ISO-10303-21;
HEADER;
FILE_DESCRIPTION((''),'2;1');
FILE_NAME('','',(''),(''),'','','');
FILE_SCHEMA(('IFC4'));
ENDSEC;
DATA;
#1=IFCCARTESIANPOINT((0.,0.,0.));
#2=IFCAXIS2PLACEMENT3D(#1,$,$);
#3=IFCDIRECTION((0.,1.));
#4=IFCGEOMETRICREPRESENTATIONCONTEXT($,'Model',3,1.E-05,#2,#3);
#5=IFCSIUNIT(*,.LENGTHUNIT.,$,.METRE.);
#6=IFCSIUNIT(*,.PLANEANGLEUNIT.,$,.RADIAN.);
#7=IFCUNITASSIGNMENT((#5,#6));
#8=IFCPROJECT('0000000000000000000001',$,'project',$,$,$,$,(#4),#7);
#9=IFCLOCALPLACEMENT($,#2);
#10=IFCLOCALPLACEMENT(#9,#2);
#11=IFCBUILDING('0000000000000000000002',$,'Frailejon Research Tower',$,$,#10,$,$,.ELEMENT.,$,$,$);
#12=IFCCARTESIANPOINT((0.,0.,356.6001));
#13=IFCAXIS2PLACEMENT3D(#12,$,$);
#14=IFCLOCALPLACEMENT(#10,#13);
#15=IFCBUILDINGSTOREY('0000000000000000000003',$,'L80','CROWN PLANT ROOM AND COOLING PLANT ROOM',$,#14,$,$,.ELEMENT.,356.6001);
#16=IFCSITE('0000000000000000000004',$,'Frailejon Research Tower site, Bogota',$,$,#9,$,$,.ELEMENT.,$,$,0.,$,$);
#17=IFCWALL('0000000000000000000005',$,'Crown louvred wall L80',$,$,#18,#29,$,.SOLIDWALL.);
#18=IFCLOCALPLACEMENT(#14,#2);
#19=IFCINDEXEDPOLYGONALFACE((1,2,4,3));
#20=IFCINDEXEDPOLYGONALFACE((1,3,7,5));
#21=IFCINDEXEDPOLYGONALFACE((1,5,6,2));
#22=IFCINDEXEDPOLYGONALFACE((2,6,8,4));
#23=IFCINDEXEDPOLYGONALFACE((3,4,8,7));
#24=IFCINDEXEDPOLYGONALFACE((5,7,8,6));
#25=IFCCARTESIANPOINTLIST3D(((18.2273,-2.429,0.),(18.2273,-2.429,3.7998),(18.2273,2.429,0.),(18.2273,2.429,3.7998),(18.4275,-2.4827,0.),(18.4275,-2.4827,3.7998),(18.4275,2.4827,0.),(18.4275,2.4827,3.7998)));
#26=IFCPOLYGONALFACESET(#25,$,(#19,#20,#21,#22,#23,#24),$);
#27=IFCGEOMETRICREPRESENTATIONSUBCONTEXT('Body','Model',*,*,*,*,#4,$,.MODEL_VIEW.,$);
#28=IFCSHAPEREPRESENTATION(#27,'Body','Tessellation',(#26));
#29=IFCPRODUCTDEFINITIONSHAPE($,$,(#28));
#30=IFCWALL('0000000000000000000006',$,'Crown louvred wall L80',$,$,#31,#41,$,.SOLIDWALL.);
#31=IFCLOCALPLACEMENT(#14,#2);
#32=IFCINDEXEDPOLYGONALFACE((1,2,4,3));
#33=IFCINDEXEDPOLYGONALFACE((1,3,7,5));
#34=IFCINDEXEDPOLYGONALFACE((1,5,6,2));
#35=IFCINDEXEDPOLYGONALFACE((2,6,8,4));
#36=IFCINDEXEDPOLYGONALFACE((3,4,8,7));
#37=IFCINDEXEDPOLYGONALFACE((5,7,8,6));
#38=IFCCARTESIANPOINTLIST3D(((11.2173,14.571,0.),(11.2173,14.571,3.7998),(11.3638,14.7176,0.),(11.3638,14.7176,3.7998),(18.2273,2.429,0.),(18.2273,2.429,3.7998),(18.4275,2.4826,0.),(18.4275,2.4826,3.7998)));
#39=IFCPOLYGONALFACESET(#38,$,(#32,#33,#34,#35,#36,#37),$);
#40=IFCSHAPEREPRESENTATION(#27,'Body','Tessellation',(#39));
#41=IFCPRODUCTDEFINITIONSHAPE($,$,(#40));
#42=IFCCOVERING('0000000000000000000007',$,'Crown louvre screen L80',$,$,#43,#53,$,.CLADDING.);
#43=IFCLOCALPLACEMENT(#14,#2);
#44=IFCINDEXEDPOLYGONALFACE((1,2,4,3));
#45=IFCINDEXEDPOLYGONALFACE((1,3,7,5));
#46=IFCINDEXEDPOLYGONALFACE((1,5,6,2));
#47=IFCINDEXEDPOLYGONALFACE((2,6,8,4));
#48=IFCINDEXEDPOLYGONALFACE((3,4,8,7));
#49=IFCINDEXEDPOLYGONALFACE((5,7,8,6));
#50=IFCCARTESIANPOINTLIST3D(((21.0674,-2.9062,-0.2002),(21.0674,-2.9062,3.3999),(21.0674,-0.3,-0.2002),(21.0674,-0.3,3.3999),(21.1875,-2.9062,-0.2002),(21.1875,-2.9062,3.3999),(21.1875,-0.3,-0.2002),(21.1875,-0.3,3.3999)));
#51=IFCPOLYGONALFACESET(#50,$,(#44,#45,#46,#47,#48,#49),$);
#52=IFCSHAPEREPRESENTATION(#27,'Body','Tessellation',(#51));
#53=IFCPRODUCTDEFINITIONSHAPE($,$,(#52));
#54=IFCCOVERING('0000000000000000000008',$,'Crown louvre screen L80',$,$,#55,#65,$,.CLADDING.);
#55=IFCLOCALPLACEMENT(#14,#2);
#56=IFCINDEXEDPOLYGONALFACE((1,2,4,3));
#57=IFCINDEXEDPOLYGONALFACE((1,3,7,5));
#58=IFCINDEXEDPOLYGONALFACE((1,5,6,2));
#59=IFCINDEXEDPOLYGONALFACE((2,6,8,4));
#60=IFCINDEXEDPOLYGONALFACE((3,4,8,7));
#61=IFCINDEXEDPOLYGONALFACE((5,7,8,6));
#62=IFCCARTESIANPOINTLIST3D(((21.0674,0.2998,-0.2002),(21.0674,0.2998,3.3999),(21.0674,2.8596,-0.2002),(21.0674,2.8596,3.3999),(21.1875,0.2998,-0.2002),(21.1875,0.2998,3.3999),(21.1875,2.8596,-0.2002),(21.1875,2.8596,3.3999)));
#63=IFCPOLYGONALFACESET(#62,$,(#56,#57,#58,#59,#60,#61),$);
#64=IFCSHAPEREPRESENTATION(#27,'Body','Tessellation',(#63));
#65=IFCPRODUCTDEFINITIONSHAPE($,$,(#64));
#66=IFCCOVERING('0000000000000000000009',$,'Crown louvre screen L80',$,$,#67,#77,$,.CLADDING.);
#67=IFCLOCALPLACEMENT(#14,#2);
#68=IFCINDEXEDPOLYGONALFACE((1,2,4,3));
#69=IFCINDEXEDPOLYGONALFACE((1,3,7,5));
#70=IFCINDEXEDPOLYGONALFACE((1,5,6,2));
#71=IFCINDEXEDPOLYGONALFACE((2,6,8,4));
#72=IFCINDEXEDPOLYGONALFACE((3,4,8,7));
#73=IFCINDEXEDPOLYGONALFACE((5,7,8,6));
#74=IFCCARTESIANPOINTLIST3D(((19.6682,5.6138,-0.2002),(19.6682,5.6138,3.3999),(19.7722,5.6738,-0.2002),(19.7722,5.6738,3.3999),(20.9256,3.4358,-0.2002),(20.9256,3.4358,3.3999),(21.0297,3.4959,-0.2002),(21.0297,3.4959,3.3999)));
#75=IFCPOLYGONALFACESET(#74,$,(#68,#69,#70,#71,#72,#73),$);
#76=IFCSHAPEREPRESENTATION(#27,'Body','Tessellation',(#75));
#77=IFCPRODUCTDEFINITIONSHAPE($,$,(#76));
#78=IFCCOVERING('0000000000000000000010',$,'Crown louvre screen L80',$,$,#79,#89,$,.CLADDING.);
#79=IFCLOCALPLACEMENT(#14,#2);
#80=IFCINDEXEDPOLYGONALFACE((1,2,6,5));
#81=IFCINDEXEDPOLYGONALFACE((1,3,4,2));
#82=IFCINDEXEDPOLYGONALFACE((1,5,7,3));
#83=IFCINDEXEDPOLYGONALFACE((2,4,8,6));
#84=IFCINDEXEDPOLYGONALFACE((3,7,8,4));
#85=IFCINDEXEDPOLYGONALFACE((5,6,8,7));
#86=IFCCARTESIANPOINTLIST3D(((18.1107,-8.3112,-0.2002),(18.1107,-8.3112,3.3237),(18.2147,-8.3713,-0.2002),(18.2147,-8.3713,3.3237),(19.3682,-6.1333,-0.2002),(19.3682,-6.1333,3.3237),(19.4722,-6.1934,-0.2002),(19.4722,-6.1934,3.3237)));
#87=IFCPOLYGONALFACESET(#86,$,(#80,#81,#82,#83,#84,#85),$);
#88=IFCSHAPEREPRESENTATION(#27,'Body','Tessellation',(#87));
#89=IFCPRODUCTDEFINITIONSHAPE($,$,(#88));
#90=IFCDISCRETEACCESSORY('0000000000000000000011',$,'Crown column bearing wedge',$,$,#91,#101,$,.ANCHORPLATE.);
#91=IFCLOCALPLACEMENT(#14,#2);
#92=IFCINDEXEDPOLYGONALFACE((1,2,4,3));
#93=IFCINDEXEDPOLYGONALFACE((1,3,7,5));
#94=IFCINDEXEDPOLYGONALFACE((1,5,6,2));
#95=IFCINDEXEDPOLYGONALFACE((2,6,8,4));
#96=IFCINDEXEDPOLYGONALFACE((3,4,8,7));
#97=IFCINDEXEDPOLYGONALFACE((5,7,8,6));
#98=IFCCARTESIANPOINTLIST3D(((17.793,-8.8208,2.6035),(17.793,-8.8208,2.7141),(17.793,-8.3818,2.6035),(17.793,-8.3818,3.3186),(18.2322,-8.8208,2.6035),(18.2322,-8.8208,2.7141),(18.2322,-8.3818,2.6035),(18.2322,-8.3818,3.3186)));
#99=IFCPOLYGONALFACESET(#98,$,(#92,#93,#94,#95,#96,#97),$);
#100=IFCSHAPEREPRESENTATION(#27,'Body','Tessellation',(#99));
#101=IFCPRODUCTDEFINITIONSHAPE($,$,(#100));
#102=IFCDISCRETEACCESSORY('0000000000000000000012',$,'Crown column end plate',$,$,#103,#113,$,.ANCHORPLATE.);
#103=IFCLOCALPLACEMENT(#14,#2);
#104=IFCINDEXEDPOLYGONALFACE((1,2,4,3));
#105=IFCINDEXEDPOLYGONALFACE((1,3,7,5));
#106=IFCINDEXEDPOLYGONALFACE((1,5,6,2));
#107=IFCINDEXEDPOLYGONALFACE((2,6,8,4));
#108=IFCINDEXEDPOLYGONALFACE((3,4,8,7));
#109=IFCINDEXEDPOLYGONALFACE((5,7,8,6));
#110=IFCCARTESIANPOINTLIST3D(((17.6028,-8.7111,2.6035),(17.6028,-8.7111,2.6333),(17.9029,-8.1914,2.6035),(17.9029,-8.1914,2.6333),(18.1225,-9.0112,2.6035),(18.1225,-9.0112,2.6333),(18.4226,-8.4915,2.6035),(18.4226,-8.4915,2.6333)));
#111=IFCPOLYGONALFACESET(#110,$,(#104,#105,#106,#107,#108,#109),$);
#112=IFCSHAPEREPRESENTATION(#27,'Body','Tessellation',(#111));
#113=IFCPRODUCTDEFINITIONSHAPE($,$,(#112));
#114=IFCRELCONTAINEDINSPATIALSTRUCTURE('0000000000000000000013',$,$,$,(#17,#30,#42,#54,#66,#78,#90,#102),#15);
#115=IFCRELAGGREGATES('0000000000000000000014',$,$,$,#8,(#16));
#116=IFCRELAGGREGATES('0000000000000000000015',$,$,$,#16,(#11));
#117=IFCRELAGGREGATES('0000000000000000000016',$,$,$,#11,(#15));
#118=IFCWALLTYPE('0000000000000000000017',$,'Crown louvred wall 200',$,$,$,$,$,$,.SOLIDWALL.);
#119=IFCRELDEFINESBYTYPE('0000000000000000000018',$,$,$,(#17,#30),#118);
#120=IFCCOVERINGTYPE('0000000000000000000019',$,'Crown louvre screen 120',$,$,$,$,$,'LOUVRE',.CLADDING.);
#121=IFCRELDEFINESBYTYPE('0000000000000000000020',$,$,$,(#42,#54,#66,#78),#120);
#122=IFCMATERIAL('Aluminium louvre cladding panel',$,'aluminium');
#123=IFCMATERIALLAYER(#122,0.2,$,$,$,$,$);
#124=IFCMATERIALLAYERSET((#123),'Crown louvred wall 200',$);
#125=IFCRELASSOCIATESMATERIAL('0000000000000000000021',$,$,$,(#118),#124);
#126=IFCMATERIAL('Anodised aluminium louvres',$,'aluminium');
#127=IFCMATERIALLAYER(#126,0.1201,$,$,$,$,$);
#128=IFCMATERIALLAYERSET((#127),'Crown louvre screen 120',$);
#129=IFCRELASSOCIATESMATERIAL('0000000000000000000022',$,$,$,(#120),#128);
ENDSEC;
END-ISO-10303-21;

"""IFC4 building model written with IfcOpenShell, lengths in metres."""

from ifc_helpers import new_model, si_unit, direction, frame, origin, origin_2d, place, context, subcontext, project, spatial, polyline, rectangle, outline, extrude, material, layer, layer_set, type_object, element, save


model = new_model("IFC4")

# Units and contexts
model_context = context("Model", 3, precision=1e-05, world=origin(), true_north=direction((0.0, 1.0)))
body_context = subcontext(model_context, "Body", "Model", "MODEL_VIEW")
ifc_project = project(units=[si_unit("LENGTHUNIT", "METRE"), si_unit("PLANEANGLEUNIT", "RADIAN")], contexts=[model_context])

# Site, building, storey
site_placement = place(None, origin())
site = spatial("IfcSite", under=ifc_project, at=site_placement, Name="Frailejon Research Tower site, Bogota", CompositionType="ELEMENT", RefElevation=0.0)
building_placement = place(site_placement, origin())
building = spatial("IfcBuilding", under=site, at=building_placement, Name="Frailejon Research Tower", CompositionType="ELEMENT")
storey_placement = place(building_placement, frame((0.0, 0.0, 356.6001)))
storey = spatial("IfcBuildingStorey", under=building, at=storey_placement, Name="L80", Description="CROWN PLANT ROOM AND COOLING PLANT ROOM", CompositionType="ELEMENT", Elevation=356.6001)

# Walls
ifc_material_1 = material(Name="Aluminium louvre cladding panel", Category="aluminium")
ifc_layer_1 = layer(ifc_material_1, 0.2)
ifc_layer_set_1 = layer_set([ifc_layer_1], Name="Crown louvred wall 200")
wall_type = type_object("IfcWallType", Name="Crown louvred wall 200", PredefinedType="SOLIDWALL", material=ifc_layer_set_1)
wall_1_placement = place(storey_placement, frame((18.3274, -2.4558, 0.0), z_axis=(0.0, 0.0, 1.0), x_axis=(0.0, 1.0, 0.0)))
element("IfcWall", 1, at=wall_1_placement, inside=storey, type_object=wall_type, Name="Crown louvred wall L80", PredefinedType="SOLIDWALL", context=body_context, shape_type="SweptSolid", body=[
    extrude(outline(polyline([(-0.0269, -0.1001), (4.9385, -0.1001), (4.8848, 0.1001), (0.0269, 0.1001), (-0.0269, -0.1001)])), origin(), (0.0, 0.0, 1.0), 3.7998),
])
wall_2_placement = place(storey_placement, frame((18.3274, 2.4558, 0.0), z_axis=(0.0, 0.0, 1.0), x_axis=(-0.499992, 0.86603, 0.0)))
element("IfcWall", 2, at=wall_2_placement, inside=storey, type_object=wall_type, Name="Crown louvred wall L80", PredefinedType="SOLIDWALL", context=body_context, shape_type="SweptSolid", body=[
    extrude(outline(polyline([(-0.0269, -0.1001), (14.1008, -0.1001), (14.0471, 0.1001), (0.0269, 0.1001), (-0.0269, -0.1001)])), origin(), (0.0, 0.0, 1.0), 3.7998),
])

# Coverings
ifc_material_2 = material(Name="Anodised aluminium louvres", Category="aluminium")
ifc_layer_2 = layer(ifc_material_2, 0.1201)
ifc_layer_set_2 = layer_set([ifc_layer_2], Name="Crown louvre screen 120")
covering_type = type_object("IfcCoveringType", Name="Crown louvre screen 120", ElementType="LOUVRE", PredefinedType="CLADDING", material=ifc_layer_set_2)
covering_1_placement = place(storey_placement, frame((21.1274, -0.3, -0.2002), z_axis=(0.0, -1.0, 0.0), x_axis=(1.0, 0.0, 0.0)))
element("IfcCovering", 3, at=covering_1_placement, inside=storey, type_object=covering_type, Name="Crown louvre screen L80", PredefinedType="CLADDING", context=body_context, shape_type="SweptSolid", body=[
    extrude(outline(polyline([(-0.0601, 0.0), (0.0601, 0.0), (0.0601, 3.6001), (-0.0601, 3.6001), (-0.0601, 0.0)])), origin(), (0.0, 0.0, 1.0), 2.6062),
])
covering_2_placement = place(storey_placement, frame((21.1274, 2.8596, -0.2002), z_axis=(0.0, -1.0, 0.0), x_axis=(1.0, 0.0, 0.0)))
element("IfcCovering", 4, at=covering_2_placement, inside=storey, type_object=covering_type, Name="Crown louvre screen L80", PredefinedType="CLADDING", context=body_context, shape_type="SweptSolid", body=[
    extrude(outline(polyline([(-0.0601, 0.0), (0.0601, 0.0), (0.0601, 3.6001), (-0.0601, 3.6001), (-0.0601, 0.0)])), origin(), (0.0, 0.0, 1.0), 2.5598),
])
covering_3_placement = place(storey_placement, frame((19.7202, 5.6438, -0.2002), z_axis=(0.499997, -0.866027, 0.0), x_axis=(0.866027, 0.499997, 0.0)))
element("IfcCovering", 5, at=covering_3_placement, inside=storey, type_object=covering_type, Name="Crown louvre screen L80", PredefinedType="CLADDING", context=body_context, shape_type="SweptSolid", body=[
    extrude(outline(polyline([(-0.0601, 0.0), (0.0601, 0.0), (0.0601, 3.6001), (-0.0601, 3.6001), (-0.0601, 0.0)])), origin(), (0.0, 0.0, 1.0), 2.5149),
])
covering_4_placement = place(storey_placement, frame((19.4202, -6.1633, -0.2002), z_axis=(-0.500009, -0.86602, 0.0), x_axis=(0.86602, -0.500009, 0.0)))
element("IfcCovering", 6, at=covering_4_placement, inside=storey, type_object=covering_type, Name="Crown louvre screen L80", PredefinedType="CLADDING", context=body_context, shape_type="SweptSolid", body=[
    extrude(outline(polyline([(-0.0601, 0.0), (0.0601, 0.0), (0.0601, 3.5239), (-0.0601, 3.5239), (-0.0601, 0.0)])), origin(), (0.0, 0.0, 1.0), 2.5149),
])

# Discrete accessories
discrete_accessory_1_placement = place(storey_placement, frame((17.793, -8.6013, 2.6035), z_axis=(1.0, 0.0, 0.0), x_axis=(0.0, 1.0, 0.0)))
element("IfcDiscreteAccessory", 7, at=discrete_accessory_1_placement, inside=storey, Name="Crown column bearing wedge", PredefinedType="ANCHORPLATE", context=body_context, shape_type="SweptSolid", body=[
    extrude(outline(polyline([(-0.2195, 0.0), (0.2195, 0.0), (0.2195, 0.7151), (-0.2195, 0.1106), (-0.2195, 0.0)])), origin(), (0.0, 0.0, 1.0), 0.4392),
])
discrete_accessory_2_placement = place(storey_placement, frame((18.0127, -8.6013, 2.6035), z_axis=(0.0, 0.0, 1.0), x_axis=(0.5, 0.866025, 0.0)))
element("IfcDiscreteAccessory", 8, at=discrete_accessory_2_placement, inside=storey, Name="Crown column end plate", PredefinedType="ANCHORPLATE", context=body_context, shape_type="SweptSolid", body=[
    extrude(rectangle(XDim=0.6001, YDim=0.6001, at=origin_2d()), origin(), (0.0, 0.0, 1.0), 0.0298),
])

save(model, "model.ifc")
